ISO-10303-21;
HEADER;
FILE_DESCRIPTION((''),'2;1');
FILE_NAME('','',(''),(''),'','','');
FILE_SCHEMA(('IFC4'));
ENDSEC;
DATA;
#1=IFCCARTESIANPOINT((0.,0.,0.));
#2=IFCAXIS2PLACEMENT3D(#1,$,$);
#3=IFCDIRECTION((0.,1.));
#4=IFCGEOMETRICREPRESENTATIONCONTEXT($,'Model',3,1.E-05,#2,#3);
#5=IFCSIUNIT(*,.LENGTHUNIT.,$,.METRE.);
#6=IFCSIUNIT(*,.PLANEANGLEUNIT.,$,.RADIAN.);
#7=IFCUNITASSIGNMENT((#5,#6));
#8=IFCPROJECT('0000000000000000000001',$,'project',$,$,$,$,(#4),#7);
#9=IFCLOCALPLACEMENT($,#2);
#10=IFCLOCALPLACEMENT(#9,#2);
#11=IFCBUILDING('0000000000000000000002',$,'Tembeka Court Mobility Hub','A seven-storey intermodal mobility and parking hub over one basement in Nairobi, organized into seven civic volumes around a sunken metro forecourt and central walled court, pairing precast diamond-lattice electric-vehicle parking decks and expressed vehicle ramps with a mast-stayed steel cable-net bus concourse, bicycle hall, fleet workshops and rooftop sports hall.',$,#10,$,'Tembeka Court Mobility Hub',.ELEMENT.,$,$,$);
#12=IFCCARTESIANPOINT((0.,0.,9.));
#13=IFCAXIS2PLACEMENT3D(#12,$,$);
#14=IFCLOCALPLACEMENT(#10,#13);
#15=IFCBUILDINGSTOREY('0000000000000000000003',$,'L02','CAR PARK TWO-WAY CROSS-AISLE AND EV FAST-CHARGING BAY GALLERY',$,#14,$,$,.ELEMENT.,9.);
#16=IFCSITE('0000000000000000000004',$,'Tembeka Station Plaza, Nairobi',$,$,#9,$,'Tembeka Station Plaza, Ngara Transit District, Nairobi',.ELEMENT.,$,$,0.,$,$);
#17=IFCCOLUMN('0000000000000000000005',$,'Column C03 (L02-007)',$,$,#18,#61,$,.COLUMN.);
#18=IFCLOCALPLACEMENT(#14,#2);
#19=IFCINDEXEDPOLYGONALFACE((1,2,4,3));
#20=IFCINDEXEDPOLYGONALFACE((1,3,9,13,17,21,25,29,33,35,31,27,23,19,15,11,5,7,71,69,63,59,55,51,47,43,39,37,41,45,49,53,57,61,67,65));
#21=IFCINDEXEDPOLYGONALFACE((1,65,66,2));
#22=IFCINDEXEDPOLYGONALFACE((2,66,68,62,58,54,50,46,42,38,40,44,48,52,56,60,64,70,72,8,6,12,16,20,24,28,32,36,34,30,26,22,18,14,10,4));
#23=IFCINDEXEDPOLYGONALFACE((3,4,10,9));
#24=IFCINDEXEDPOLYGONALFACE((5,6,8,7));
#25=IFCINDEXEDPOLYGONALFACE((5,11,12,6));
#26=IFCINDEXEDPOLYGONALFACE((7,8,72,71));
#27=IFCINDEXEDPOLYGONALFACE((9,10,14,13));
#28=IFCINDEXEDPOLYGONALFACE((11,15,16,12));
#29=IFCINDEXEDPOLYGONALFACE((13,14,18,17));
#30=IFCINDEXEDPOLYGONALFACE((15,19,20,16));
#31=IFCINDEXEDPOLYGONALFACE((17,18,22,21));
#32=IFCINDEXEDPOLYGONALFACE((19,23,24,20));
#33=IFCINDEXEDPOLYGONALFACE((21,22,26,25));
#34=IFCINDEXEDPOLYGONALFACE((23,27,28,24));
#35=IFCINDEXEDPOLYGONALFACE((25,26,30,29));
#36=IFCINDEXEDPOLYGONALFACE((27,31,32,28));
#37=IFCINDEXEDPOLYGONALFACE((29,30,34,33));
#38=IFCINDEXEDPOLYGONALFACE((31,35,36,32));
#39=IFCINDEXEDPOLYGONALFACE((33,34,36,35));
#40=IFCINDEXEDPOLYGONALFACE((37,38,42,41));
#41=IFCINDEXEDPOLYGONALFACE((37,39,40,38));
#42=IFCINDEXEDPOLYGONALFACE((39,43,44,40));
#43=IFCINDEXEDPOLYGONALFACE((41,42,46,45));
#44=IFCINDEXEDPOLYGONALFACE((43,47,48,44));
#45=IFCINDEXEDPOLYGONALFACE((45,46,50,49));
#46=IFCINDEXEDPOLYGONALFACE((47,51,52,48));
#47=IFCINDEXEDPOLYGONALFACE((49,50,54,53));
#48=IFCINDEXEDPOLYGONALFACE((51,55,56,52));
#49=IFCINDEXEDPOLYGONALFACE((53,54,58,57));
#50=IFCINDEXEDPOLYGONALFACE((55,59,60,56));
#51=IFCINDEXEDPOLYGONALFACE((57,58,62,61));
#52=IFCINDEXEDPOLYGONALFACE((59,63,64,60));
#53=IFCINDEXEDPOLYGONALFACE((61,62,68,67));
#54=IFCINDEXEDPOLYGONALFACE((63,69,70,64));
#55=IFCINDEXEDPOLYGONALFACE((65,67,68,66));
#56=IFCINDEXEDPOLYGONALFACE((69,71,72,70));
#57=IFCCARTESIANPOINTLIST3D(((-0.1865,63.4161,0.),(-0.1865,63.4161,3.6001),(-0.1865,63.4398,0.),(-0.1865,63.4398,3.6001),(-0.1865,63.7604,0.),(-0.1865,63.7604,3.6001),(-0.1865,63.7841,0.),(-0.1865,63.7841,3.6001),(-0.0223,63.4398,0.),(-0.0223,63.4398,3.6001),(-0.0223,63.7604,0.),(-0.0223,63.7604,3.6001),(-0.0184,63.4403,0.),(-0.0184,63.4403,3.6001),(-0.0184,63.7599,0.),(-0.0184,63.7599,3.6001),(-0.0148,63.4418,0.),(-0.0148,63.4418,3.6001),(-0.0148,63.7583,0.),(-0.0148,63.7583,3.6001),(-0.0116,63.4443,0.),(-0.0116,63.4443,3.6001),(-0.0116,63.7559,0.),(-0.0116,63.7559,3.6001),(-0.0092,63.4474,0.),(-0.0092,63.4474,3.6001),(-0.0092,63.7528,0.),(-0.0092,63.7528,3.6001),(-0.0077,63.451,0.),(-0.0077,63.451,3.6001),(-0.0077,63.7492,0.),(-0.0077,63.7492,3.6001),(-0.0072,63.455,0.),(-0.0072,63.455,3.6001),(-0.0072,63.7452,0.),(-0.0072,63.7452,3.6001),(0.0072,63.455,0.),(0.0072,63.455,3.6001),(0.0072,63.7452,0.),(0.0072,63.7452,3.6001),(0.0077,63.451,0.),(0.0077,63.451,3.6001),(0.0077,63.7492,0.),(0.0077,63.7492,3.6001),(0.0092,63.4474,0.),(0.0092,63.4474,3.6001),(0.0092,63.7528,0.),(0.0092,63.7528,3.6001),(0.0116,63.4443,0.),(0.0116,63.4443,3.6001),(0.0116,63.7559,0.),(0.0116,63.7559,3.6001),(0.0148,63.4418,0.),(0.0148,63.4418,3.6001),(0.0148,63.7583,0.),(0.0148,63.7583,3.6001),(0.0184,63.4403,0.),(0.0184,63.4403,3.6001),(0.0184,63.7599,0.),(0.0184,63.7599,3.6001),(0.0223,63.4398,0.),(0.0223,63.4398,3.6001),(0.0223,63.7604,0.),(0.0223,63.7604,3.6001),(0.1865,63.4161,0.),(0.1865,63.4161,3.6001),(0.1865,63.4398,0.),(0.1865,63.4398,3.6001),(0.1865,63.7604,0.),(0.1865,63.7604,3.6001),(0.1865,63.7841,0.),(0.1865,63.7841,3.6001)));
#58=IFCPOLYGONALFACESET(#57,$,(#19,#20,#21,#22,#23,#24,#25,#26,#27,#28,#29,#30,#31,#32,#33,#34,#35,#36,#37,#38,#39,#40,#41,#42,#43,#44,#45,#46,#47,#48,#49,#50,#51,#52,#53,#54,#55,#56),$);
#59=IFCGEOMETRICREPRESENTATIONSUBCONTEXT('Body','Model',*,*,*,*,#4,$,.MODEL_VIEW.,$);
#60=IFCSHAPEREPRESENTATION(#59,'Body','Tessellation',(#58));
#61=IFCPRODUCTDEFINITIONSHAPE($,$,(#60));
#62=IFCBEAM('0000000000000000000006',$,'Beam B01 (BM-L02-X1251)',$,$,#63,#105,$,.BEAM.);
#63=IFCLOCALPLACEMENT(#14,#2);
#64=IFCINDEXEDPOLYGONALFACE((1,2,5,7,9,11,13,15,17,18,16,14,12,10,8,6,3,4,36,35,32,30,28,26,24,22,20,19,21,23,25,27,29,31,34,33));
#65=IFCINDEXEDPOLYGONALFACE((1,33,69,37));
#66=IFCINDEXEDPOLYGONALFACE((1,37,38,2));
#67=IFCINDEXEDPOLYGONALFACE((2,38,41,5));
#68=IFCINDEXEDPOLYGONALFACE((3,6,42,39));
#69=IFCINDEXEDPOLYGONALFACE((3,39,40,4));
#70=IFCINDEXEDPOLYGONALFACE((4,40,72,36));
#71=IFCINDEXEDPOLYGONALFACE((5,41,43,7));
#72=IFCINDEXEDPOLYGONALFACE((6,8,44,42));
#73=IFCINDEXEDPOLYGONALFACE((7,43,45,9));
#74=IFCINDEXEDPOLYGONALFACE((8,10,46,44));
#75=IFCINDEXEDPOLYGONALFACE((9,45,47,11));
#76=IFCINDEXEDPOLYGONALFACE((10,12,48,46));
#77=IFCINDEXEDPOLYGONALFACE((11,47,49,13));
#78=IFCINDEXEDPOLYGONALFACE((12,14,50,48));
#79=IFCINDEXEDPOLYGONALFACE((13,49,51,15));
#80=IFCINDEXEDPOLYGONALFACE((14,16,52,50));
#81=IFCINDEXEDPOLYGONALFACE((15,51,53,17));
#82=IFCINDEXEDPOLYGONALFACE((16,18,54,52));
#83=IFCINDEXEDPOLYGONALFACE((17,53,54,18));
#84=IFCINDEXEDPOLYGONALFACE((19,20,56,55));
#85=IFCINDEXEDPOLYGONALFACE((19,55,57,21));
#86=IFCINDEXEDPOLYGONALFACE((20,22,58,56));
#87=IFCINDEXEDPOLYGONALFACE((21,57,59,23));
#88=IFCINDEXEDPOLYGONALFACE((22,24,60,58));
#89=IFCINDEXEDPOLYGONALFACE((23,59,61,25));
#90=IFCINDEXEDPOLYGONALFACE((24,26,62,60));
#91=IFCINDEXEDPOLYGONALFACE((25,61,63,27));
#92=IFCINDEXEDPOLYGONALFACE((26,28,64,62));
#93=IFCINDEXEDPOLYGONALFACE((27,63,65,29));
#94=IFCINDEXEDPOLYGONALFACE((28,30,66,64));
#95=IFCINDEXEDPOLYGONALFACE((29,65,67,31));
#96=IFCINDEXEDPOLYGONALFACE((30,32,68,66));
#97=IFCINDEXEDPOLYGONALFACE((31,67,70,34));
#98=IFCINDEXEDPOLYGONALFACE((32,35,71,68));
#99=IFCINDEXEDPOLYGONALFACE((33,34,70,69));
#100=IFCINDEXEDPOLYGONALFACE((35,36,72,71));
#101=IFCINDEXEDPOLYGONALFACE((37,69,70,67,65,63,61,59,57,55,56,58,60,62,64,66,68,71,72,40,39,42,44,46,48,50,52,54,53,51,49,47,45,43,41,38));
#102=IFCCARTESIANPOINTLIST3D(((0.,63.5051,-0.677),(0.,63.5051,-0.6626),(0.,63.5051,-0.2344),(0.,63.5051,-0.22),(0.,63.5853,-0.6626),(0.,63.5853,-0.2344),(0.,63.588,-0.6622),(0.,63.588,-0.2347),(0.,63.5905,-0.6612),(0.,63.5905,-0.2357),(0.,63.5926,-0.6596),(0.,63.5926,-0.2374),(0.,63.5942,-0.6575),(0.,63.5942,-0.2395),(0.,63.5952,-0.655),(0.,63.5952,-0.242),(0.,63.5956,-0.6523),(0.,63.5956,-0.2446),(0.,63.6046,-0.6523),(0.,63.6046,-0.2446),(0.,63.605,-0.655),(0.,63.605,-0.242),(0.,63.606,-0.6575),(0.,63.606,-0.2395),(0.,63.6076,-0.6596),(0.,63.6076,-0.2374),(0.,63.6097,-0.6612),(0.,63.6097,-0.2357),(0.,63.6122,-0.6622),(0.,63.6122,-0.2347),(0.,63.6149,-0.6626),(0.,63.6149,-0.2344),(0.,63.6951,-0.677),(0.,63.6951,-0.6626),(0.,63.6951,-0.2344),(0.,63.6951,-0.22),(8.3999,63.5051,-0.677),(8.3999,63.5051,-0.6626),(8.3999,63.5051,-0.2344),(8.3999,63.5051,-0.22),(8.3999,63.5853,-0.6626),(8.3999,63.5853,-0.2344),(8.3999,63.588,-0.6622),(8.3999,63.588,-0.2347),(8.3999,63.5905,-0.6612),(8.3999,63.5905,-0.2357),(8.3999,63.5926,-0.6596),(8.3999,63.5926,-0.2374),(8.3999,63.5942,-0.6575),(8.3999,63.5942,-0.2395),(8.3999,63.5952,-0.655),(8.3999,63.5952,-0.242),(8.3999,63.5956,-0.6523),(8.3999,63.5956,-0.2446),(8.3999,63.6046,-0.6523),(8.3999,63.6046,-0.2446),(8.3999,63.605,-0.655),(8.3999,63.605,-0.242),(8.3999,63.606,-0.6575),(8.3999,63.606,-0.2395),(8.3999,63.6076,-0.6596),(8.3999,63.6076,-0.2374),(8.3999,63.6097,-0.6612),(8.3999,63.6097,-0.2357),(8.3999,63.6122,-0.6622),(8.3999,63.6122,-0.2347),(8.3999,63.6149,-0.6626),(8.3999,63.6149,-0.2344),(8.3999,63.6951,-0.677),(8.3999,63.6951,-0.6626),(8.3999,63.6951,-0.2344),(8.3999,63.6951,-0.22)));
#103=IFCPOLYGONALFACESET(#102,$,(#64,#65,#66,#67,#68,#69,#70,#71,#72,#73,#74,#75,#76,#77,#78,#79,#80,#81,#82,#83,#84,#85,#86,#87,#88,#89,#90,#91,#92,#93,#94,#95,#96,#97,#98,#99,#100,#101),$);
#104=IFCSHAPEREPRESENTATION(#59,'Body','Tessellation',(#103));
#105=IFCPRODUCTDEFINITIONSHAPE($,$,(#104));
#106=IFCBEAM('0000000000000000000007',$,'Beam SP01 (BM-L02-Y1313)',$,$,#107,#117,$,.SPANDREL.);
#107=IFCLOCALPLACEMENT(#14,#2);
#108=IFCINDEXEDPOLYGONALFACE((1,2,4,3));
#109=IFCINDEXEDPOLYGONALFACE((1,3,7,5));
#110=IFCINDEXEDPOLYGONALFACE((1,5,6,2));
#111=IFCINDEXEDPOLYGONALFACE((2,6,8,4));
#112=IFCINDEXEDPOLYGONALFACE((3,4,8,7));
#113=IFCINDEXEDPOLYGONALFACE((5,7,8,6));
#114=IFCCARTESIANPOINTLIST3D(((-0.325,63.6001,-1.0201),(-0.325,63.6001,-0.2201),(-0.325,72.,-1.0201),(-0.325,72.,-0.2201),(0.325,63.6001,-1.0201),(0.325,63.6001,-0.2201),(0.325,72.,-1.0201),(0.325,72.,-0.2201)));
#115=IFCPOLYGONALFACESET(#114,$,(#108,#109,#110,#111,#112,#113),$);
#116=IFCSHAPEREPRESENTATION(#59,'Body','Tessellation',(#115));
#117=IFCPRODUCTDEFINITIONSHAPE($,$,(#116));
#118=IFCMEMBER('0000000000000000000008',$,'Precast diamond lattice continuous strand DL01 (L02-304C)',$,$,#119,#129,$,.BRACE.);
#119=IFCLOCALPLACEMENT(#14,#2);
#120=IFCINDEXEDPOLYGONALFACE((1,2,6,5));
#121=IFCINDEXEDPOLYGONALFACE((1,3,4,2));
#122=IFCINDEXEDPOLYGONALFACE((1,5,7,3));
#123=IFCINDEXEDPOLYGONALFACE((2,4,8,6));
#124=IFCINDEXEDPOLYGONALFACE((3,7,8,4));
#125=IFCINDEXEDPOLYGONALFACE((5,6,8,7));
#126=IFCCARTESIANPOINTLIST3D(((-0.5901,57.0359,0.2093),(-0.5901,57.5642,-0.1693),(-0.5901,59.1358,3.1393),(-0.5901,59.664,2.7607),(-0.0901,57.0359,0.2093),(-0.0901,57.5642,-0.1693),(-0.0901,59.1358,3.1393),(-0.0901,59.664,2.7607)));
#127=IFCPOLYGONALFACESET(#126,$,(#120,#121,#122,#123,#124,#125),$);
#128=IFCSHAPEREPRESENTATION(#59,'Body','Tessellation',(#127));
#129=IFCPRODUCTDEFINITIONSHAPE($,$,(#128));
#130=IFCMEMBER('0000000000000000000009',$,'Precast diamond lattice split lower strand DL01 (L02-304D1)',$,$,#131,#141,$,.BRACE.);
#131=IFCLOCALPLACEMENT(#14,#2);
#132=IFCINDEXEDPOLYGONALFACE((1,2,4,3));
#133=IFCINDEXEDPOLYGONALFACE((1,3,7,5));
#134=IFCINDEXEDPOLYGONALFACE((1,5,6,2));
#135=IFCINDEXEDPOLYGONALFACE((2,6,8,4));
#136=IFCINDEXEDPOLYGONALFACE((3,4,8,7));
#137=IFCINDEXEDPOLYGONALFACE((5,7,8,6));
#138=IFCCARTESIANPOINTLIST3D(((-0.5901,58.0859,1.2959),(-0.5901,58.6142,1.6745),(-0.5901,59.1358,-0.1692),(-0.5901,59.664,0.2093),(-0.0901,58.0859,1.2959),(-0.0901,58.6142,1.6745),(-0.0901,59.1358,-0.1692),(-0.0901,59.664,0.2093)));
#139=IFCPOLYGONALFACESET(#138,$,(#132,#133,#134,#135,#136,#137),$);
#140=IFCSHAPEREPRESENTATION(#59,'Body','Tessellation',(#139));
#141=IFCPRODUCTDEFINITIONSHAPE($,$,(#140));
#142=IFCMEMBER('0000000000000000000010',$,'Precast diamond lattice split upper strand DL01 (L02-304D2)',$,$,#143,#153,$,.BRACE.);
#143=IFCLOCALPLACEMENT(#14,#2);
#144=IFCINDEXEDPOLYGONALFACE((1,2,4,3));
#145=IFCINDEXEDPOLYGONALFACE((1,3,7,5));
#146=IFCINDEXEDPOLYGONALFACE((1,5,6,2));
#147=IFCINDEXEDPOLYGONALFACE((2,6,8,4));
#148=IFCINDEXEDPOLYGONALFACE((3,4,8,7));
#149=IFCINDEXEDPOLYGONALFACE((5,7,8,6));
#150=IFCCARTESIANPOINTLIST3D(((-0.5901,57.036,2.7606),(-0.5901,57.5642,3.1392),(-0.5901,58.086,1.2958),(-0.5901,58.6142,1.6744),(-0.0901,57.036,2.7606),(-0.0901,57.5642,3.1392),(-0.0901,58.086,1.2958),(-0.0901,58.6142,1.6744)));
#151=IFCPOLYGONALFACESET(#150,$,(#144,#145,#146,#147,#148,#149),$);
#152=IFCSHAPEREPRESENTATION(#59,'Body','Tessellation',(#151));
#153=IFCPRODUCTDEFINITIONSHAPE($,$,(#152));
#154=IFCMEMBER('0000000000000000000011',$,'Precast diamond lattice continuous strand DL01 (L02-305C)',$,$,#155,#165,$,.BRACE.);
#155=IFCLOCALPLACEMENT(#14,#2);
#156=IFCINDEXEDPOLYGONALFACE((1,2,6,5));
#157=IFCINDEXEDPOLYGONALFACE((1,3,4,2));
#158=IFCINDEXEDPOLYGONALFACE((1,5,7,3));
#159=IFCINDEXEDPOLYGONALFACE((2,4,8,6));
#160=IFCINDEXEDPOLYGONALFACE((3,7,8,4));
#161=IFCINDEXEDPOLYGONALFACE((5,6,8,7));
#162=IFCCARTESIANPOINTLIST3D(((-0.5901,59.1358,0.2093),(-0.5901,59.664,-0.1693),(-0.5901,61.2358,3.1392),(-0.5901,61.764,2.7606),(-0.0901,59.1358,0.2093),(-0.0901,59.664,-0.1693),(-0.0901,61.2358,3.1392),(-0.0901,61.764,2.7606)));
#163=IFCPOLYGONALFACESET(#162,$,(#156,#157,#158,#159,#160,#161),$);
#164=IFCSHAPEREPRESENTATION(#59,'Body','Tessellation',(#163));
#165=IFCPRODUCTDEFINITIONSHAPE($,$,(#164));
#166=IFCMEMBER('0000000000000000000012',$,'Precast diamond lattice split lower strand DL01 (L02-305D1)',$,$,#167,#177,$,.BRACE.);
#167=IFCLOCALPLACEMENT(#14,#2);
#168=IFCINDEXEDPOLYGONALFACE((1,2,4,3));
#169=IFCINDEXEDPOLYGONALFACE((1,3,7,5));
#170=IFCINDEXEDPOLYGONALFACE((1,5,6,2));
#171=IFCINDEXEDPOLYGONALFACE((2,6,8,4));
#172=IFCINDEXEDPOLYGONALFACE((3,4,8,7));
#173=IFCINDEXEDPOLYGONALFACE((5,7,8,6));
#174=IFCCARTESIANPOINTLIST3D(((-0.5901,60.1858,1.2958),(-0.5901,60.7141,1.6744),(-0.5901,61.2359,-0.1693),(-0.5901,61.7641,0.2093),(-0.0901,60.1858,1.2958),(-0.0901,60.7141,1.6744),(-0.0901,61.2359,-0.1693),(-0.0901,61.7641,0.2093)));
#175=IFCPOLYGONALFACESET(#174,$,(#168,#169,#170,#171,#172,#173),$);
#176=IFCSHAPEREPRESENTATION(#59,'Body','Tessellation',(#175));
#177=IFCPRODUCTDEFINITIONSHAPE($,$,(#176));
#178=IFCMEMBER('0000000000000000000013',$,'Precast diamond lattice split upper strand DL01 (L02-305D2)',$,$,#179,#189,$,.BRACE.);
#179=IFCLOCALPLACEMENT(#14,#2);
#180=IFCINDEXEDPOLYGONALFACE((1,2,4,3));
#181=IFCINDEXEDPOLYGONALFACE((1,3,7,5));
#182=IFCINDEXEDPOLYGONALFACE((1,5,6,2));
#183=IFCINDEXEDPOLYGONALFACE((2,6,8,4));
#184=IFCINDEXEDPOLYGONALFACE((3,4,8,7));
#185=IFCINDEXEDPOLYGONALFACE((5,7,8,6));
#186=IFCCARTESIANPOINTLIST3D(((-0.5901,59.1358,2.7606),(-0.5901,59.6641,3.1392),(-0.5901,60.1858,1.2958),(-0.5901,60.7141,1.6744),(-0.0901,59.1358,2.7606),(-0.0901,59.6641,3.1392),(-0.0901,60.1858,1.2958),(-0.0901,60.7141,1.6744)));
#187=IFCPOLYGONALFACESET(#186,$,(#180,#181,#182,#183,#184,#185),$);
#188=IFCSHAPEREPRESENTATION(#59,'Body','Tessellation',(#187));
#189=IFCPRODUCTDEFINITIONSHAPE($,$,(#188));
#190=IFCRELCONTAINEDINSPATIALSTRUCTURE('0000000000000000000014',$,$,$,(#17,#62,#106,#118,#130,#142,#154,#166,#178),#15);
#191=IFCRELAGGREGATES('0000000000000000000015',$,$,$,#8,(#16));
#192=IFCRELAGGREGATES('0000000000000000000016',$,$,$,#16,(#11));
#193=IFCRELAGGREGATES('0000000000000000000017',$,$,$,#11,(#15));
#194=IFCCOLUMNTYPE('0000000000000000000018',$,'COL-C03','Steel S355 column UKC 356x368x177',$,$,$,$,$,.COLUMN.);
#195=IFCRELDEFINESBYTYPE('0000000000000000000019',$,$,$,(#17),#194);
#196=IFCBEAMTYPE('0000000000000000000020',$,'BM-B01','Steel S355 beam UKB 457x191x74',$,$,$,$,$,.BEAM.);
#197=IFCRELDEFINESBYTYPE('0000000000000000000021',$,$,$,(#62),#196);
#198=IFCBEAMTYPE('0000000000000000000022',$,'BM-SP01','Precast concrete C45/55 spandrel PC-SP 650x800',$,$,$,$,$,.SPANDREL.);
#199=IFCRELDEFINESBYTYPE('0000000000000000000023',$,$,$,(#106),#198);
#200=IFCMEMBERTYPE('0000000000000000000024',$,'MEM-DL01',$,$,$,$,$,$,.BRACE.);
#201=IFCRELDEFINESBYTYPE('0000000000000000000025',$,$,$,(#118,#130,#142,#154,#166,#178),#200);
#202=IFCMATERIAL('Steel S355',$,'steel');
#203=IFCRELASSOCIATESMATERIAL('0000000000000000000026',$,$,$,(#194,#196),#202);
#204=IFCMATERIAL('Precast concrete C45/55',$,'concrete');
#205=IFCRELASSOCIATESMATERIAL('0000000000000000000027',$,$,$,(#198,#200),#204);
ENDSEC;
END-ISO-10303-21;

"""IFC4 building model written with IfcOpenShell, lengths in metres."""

from ifc_helpers import new_model, si_unit, direction, frame, origin, origin_2d, place, context, subcontext, project, spatial, rectangle, i_section, extrude, material, material_profile, profile_set, type_object, element, save


model = new_model("IFC4")

# Units and contexts
model_context = context("Model", 3, precision=1e-05, world=origin(), true_north=direction((0.0, 1.0)))
body_context = subcontext(model_context, "Body", "Model", "MODEL_VIEW")
ifc_project = project(units=[si_unit("LENGTHUNIT", "METRE"), si_unit("PLANEANGLEUNIT", "RADIAN")], contexts=[model_context])

# Site, building, storey
site_placement = place(None, origin())
site = spatial("IfcSite", under=ifc_project, at=site_placement, Name="Tembeka Station Plaza, Nairobi", LongName="Tembeka Station Plaza, Ngara Transit District, Nairobi", CompositionType="ELEMENT", RefElevation=0.0)
building_placement = place(site_placement, origin())
building = spatial("IfcBuilding", under=site, at=building_placement, Name="Tembeka Court Mobility Hub", Description="A seven-storey intermodal mobility and parking hub over one basement in Nairobi, organized into seven civic volumes around a sunken metro forecourt and central walled court, pairing precast diamond-lattice electric-vehicle parking decks and expressed vehicle ramps with a mast-stayed steel cable-net bus concourse, bicycle hall, fleet workshops and rooftop sports hall.", LongName="Tembeka Court Mobility Hub", CompositionType="ELEMENT")
storey_placement = place(building_placement, frame((0.0, 0.0, 9.0)))
storey = spatial("IfcBuildingStorey", under=building, at=storey_placement, Name="L02", Description="CAR PARK TWO-WAY CROSS-AISLE AND EV FAST-CHARGING BAY GALLERY", CompositionType="ELEMENT", Elevation=9.0)

# Column
ifc_material_1 = material(Name="Steel S355", Category="steel")
ifc_material_profile_1 = material_profile(ifc_material_1, i_section(OverallWidth=0.373, OverallDepth=0.3679, WebThickness=0.0144, FlangeThickness=0.0237, FilletRadius=0.0151, at=origin_2d()), Name="UKC 356x368x177")
ifc_profile_set_1 = profile_set([ifc_material_profile_1], Name="Steel S355")
column_type = type_object("IfcColumnType", Name="COL-C03", Description="Steel S355 column UKC 356x368x177", PredefinedType="COLUMN", material=ifc_profile_set_1)
column_placement = place(storey_placement, frame((0.0, 63.6001, 0.0), z_axis=(0.0, 0.0, 1.0), x_axis=(1.0, 0.0, 0.0)))
element("IfcColumn", 1, at=column_placement, inside=storey, type_object=column_type, Name="Column C03 (L02-007)", PredefinedType="COLUMN", context=body_context, shape_type="SweptSolid", body=[
    extrude(i_section(OverallWidth=0.373, OverallDepth=0.3679, WebThickness=0.0144, FlangeThickness=0.0237, FilletRadius=0.0151, at=origin_2d()), origin(), (0.0, 0.0, 1.0), 3.6001),
])

# Beams
ifc_material_profile_2 = material_profile(ifc_material_1, i_section(OverallWidth=0.1899, OverallDepth=0.457, WebThickness=0.009, FlangeThickness=0.0144, FilletRadius=0.0103, at=origin_2d()), Name="UKB 457x191x74")
ifc_profile_set_2 = profile_set([ifc_material_profile_2], Name="Steel S355")
beam_type_1 = type_object("IfcBeamType", Name="BM-B01", Description="Steel S355 beam UKB 457x191x74", PredefinedType="BEAM", material=ifc_profile_set_2)
beam_1_placement = place(storey_placement, frame((0.0, 63.6001, -0.4485), z_axis=(1.0, 0.0, 0.0), x_axis=(0.0, 1.0, 0.0)))
element("IfcBeam", 2, at=beam_1_placement, inside=storey, type_object=beam_type_1, Name="Beam B01 (BM-L02-X1251)", PredefinedType="BEAM", context=body_context, shape_type="SweptSolid", body=[
    extrude(i_section(OverallWidth=0.1899, OverallDepth=0.457, WebThickness=0.009, FlangeThickness=0.0144, FilletRadius=0.0103, at=origin_2d()), origin(), (0.0, 0.0, 1.0), 8.3999),
])
ifc_material_2 = material(Name="Precast concrete C45/55", Category="concrete")
ifc_material_profile_3 = material_profile(ifc_material_2, rectangle(XDim=0.6499, YDim=0.8, at=origin_2d()), Name="PC-SP 650x800")
ifc_profile_set_3 = profile_set([ifc_material_profile_3], Name="Precast concrete C45/55")
beam_type_2 = type_object("IfcBeamType", Name="BM-SP01", Description="Precast concrete C45/55 spandrel PC-SP 650x800", PredefinedType="SPANDREL", material=ifc_profile_set_3)
beam_2_placement = place(storey_placement, frame((0.0, 63.6001, -0.6201), z_axis=(0.0, 1.0, 0.0), x_axis=(-1.0, 0.0, 0.0)))
element("IfcBeam", 3, at=beam_2_placement, inside=storey, type_object=beam_type_2, Name="Beam SP01 (BM-L02-Y1313)", PredefinedType="SPANDREL", context=body_context, shape_type="SweptSolid", body=[
    extrude(rectangle(XDim=0.6499, YDim=0.8, at=origin_2d()), origin(), (0.0, 0.0, 1.0), 8.3999),
])

# Members
ifc_material_profile_4 = material_profile(ifc_material_2, rectangle(XDim=0.5, YDim=0.6499, at=origin_2d()), Name="PC-DIAG 500x650")
ifc_profile_set_4 = profile_set([ifc_material_profile_4], Name="Precast concrete C45/55")
member_type_1 = type_object("IfcMemberType", Name="MEM-DL01", PredefinedType="BRACE", material=ifc_profile_set_4)
member_1_placement = place(storey_placement, frame((-0.3401, 57.3, 0.02), z_axis=(0.0, 0.582532, 0.812808), x_axis=(-1.0, 0.0, 0.0)))
element("IfcMember", 4, at=member_1_placement, inside=storey, type_object=member_type_1, Name="Precast diamond lattice continuous strand DL01 (L02-304C)", PredefinedType="BRACE", context=body_context, shape_type="SweptSolid", body=[
    extrude(rectangle(XDim=0.5, YDim=0.6499, at=origin_2d()), origin(), (0.0, 0.0, 1.0), 3.6047),
])
member_2_placement = place(storey_placement, frame((-0.3401, 59.3999, 0.02), z_axis=(0.0, -0.582455, 0.812863), x_axis=(1.0, 0.0, 0.0)))
element("IfcMember", 5, at=member_2_placement, inside=storey, type_object=member_type_1, Name="Precast diamond lattice split lower strand DL01 (L02-304D1)", PredefinedType="BRACE", context=body_context, shape_type="SweptSolid", body=[
    extrude(rectangle(XDim=0.5, YDim=0.6499, at=origin_2d()), origin(), (0.0, 0.0, 1.0), 1.8025),
])
member_3_placement = place(storey_placement, frame((-0.3401, 58.3501, 1.4851), z_axis=(0.0, -0.582608, 0.812753), x_axis=(1.0, 0.0, 0.0)))
element("IfcMember", 6, at=member_3_placement, inside=storey, type_object=member_type_1, Name="Precast diamond lattice split upper strand DL01 (L02-304D2)", PredefinedType="BRACE", context=body_context, shape_type="SweptSolid", body=[
    extrude(rectangle(XDim=0.5, YDim=0.6499, at=origin_2d()), origin(), (0.0, 0.0, 1.0), 1.8022),
])
member_4_placement = place(storey_placement, frame((-0.3401, 59.3999, 0.02), z_axis=(0.0, 0.582576, 0.812776), x_axis=(-1.0, 0.0, 0.0)))
element("IfcMember", 7, at=member_4_placement, inside=storey, type_object=member_type_1, Name="Precast diamond lattice continuous strand DL01 (L02-305C)", PredefinedType="BRACE", context=body_context, shape_type="SweptSolid", body=[
    extrude(rectangle(XDim=0.5, YDim=0.6499, at=origin_2d()), origin(), (0.0, 0.0, 1.0), 3.6047),
])
member_5_placement = place(storey_placement, frame((-0.3401, 61.5, 0.02), z_axis=(0.0, -0.582544, 0.812799), x_axis=(1.0, 0.0, 0.0)))
element("IfcMember", 8, at=member_5_placement, inside=storey, type_object=member_type_1, Name="Precast diamond lattice split lower strand DL01 (L02-305D1)", PredefinedType="BRACE", context=body_context, shape_type="SweptSolid", body=[
    extrude(rectangle(XDim=0.5, YDim=0.6499, at=origin_2d()), origin(), (0.0, 0.0, 1.0), 1.8025),
])
member_6_placement = place(storey_placement, frame((-0.3401, 60.45, 1.4851), z_axis=(0.0, -0.582608, 0.812753), x_axis=(1.0, 0.0, 0.0)))
element("IfcMember", 9, at=member_6_placement, inside=storey, type_object=member_type_1, Name="Precast diamond lattice split upper strand DL01 (L02-305D2)", PredefinedType="BRACE", context=body_context, shape_type="SweptSolid", body=[
    extrude(rectangle(XDim=0.5, YDim=0.6499, at=origin_2d()), origin(), (0.0, 0.0, 1.0), 1.8022),
])

save(model, "model.ifc")
